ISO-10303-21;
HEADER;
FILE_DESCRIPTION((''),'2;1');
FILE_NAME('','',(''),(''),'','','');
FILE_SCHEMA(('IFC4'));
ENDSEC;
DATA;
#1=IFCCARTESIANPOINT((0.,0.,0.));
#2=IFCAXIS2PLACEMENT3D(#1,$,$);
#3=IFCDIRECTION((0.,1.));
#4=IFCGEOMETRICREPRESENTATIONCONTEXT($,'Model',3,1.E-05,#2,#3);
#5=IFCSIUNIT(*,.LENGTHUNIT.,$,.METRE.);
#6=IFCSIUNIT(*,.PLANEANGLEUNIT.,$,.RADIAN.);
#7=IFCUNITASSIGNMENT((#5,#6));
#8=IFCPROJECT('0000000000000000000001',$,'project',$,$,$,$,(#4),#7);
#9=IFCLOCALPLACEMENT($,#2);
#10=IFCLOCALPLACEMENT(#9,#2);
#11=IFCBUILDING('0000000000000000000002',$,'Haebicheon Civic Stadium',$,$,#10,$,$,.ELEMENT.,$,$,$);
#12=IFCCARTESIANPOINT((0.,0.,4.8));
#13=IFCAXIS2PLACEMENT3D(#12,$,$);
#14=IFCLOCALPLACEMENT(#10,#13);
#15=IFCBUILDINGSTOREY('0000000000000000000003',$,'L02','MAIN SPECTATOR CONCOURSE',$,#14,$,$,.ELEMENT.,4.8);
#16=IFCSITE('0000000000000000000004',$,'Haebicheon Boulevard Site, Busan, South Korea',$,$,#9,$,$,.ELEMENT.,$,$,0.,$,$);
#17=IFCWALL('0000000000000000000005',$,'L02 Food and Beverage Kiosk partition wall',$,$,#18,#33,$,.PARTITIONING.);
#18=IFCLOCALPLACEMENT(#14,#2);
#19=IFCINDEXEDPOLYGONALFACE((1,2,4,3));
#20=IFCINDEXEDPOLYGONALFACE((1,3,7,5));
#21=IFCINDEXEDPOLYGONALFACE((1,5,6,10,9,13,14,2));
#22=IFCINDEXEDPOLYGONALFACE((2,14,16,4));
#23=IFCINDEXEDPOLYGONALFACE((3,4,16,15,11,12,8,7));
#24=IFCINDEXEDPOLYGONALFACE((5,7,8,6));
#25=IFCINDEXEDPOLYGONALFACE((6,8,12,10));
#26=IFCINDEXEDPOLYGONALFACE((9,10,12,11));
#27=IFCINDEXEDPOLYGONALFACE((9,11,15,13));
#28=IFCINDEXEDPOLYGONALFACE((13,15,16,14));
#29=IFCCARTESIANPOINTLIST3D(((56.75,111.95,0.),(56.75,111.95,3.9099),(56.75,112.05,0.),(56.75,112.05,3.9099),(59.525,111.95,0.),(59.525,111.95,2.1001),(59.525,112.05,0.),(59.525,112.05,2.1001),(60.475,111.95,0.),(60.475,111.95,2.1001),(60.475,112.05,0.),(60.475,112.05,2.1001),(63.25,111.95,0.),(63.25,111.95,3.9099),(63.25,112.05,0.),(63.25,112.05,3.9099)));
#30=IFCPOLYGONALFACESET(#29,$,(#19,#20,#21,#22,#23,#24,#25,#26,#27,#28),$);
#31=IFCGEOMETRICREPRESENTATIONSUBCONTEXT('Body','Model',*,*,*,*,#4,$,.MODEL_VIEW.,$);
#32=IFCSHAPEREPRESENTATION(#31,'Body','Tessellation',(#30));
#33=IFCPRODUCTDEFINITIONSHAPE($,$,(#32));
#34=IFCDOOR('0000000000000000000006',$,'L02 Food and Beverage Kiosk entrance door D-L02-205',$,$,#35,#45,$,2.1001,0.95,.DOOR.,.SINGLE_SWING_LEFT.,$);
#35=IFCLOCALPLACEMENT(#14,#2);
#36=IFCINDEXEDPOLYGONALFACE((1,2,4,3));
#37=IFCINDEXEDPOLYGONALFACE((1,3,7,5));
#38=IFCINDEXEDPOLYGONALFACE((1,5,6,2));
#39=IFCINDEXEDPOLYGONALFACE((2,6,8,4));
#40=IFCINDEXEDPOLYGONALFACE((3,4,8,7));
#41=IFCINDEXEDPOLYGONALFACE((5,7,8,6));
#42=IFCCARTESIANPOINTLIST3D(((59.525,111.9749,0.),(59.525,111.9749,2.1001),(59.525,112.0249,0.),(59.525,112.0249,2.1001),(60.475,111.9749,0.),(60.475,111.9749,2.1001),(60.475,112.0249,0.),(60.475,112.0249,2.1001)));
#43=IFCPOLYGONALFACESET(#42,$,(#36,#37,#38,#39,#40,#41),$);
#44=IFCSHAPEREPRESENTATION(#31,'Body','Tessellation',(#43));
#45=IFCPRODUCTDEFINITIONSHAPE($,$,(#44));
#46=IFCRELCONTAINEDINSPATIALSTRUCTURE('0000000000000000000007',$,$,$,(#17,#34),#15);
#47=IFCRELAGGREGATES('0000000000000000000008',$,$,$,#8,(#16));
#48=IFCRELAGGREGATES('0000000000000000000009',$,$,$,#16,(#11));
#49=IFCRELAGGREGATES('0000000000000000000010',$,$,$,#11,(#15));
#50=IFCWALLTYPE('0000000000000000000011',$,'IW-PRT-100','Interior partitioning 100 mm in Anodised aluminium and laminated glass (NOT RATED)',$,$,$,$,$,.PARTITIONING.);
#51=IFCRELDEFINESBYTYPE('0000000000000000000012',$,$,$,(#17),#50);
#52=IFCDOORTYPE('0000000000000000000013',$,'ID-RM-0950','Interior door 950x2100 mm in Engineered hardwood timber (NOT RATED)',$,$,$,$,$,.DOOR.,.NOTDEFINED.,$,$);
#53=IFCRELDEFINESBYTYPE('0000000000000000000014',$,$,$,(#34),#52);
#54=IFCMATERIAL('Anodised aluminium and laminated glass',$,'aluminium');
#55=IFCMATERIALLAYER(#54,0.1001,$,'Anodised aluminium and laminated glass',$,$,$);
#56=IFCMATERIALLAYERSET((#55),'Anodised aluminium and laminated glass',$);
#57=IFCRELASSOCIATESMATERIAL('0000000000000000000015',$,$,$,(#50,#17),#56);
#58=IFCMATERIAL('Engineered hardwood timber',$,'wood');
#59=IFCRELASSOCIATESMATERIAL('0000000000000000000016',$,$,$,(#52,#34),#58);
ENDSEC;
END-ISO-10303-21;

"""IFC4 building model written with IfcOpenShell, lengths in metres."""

from ifc_helpers import new_model, si_unit, direction, frame, frame_2d, origin, place, context, subcontext, project, spatial, rectangle, extrude, material, layer, layer_set, type_object, element, fill, save


model = new_model("IFC4")

# Units and contexts
model_context = context("Model", 3, precision=1e-05, world=origin(), true_north=direction((0.0, 1.0)))
body_context = subcontext(model_context, "Body", "Model", "MODEL_VIEW")
ifc_project = project(units=[si_unit("LENGTHUNIT", "METRE"), si_unit("PLANEANGLEUNIT", "RADIAN")], contexts=[model_context])

# Site, building, storey
site_placement = place(None, origin())
site = spatial("IfcSite", under=ifc_project, at=site_placement, Name="Haebicheon Boulevard Site, Busan, South Korea", CompositionType="ELEMENT", RefElevation=0.0)
building_placement = place(site_placement, origin())
building = spatial("IfcBuilding", under=site, at=building_placement, Name="Haebicheon Civic Stadium", CompositionType="ELEMENT")
storey_placement = place(building_placement, frame((0.0, 0.0, 4.8)))
storey = spatial("IfcBuildingStorey", under=building, at=storey_placement, Name="L02", Description="MAIN SPECTATOR CONCOURSE", CompositionType="ELEMENT", Elevation=4.8)

# Wall, opening, door
ifc_material_1 = material(Name="Anodised aluminium and laminated glass", Category="aluminium")
ifc_layer = layer(ifc_material_1, 0.1001, Name="Anodised aluminium and laminated glass")
ifc_layer_set = layer_set([ifc_layer], Name="Anodised aluminium and laminated glass")
wall_type = type_object("IfcWallType", Name="IW-PRT-100", Description="Interior partitioning 100 mm in Anodised aluminium and laminated glass (NOT RATED)", PredefinedType="PARTITIONING", material=ifc_layer_set)
wall_placement = place(storey_placement, frame((56.75, 112.0, 0.0), z_axis=(0.0, 0.0, 1.0), x_axis=(1.0, 0.0, 0.0)))
wall = element("IfcWall", 1, at=wall_placement, inside=storey, type_object=wall_type, material=ifc_layer_set, Name="L02 Food and Beverage Kiosk partition wall", PredefinedType="PARTITIONING", context=body_context, shape_type="SweptSolid", body=[
    extrude(rectangle(XDim=6.5, YDim=0.1001, at=frame_2d((3.25, 0.0))), origin(), (0.0, 0.0, 1.0), 3.9099),
])
opening_placement = place(wall_placement, frame((2.7749, 0.0, 0.0)))
opening = element("IfcOpeningElement", 2, at=opening_placement, cuts=wall, PredefinedType="OPENING", context=body_context, shape_type="SweptSolid", body=[
    extrude(rectangle(XDim=0.95, YDim=2.1001, at=frame_2d((0.4751, 1.05))), frame((0.0, 0.0601, 0.0), z_axis=(0.0, -1.0, 0.0), x_axis=(1.0, 0.0, 0.0)), (0.0, 0.0, 1.0), 0.1201),
])
ifc_material_2 = material(Name="Engineered hardwood timber", Category="wood")
door_type = type_object("IfcDoorType", Name="ID-RM-0950", Description="Interior door 950x2100 mm in Engineered hardwood timber (NOT RATED)", OperationType="NOTDEFINED", PredefinedType="DOOR", material=ifc_material_2)
door_placement = place(opening_placement, origin())
door = element("IfcDoor", 3, at=door_placement, inside=storey, type_object=door_type, material=ifc_material_2, Name="L02 Food and Beverage Kiosk entrance door D-L02-205", OperationType="SINGLE_SWING_LEFT", OverallHeight=2.1001, OverallWidth=0.95, PredefinedType="DOOR", context=body_context, shape_type="SweptSolid", body=[
    extrude(rectangle(XDim=0.95, YDim=2.1001, at=frame_2d((0.4751, 1.05))), frame((0.0, 0.0249, 0.0), z_axis=(0.0, -1.0, 0.0), x_axis=(1.0, 0.0, 0.0)), (0.0, 0.0, 1.0), 0.05),
])
fill(opening, door)

save(model, "model.ifc")
